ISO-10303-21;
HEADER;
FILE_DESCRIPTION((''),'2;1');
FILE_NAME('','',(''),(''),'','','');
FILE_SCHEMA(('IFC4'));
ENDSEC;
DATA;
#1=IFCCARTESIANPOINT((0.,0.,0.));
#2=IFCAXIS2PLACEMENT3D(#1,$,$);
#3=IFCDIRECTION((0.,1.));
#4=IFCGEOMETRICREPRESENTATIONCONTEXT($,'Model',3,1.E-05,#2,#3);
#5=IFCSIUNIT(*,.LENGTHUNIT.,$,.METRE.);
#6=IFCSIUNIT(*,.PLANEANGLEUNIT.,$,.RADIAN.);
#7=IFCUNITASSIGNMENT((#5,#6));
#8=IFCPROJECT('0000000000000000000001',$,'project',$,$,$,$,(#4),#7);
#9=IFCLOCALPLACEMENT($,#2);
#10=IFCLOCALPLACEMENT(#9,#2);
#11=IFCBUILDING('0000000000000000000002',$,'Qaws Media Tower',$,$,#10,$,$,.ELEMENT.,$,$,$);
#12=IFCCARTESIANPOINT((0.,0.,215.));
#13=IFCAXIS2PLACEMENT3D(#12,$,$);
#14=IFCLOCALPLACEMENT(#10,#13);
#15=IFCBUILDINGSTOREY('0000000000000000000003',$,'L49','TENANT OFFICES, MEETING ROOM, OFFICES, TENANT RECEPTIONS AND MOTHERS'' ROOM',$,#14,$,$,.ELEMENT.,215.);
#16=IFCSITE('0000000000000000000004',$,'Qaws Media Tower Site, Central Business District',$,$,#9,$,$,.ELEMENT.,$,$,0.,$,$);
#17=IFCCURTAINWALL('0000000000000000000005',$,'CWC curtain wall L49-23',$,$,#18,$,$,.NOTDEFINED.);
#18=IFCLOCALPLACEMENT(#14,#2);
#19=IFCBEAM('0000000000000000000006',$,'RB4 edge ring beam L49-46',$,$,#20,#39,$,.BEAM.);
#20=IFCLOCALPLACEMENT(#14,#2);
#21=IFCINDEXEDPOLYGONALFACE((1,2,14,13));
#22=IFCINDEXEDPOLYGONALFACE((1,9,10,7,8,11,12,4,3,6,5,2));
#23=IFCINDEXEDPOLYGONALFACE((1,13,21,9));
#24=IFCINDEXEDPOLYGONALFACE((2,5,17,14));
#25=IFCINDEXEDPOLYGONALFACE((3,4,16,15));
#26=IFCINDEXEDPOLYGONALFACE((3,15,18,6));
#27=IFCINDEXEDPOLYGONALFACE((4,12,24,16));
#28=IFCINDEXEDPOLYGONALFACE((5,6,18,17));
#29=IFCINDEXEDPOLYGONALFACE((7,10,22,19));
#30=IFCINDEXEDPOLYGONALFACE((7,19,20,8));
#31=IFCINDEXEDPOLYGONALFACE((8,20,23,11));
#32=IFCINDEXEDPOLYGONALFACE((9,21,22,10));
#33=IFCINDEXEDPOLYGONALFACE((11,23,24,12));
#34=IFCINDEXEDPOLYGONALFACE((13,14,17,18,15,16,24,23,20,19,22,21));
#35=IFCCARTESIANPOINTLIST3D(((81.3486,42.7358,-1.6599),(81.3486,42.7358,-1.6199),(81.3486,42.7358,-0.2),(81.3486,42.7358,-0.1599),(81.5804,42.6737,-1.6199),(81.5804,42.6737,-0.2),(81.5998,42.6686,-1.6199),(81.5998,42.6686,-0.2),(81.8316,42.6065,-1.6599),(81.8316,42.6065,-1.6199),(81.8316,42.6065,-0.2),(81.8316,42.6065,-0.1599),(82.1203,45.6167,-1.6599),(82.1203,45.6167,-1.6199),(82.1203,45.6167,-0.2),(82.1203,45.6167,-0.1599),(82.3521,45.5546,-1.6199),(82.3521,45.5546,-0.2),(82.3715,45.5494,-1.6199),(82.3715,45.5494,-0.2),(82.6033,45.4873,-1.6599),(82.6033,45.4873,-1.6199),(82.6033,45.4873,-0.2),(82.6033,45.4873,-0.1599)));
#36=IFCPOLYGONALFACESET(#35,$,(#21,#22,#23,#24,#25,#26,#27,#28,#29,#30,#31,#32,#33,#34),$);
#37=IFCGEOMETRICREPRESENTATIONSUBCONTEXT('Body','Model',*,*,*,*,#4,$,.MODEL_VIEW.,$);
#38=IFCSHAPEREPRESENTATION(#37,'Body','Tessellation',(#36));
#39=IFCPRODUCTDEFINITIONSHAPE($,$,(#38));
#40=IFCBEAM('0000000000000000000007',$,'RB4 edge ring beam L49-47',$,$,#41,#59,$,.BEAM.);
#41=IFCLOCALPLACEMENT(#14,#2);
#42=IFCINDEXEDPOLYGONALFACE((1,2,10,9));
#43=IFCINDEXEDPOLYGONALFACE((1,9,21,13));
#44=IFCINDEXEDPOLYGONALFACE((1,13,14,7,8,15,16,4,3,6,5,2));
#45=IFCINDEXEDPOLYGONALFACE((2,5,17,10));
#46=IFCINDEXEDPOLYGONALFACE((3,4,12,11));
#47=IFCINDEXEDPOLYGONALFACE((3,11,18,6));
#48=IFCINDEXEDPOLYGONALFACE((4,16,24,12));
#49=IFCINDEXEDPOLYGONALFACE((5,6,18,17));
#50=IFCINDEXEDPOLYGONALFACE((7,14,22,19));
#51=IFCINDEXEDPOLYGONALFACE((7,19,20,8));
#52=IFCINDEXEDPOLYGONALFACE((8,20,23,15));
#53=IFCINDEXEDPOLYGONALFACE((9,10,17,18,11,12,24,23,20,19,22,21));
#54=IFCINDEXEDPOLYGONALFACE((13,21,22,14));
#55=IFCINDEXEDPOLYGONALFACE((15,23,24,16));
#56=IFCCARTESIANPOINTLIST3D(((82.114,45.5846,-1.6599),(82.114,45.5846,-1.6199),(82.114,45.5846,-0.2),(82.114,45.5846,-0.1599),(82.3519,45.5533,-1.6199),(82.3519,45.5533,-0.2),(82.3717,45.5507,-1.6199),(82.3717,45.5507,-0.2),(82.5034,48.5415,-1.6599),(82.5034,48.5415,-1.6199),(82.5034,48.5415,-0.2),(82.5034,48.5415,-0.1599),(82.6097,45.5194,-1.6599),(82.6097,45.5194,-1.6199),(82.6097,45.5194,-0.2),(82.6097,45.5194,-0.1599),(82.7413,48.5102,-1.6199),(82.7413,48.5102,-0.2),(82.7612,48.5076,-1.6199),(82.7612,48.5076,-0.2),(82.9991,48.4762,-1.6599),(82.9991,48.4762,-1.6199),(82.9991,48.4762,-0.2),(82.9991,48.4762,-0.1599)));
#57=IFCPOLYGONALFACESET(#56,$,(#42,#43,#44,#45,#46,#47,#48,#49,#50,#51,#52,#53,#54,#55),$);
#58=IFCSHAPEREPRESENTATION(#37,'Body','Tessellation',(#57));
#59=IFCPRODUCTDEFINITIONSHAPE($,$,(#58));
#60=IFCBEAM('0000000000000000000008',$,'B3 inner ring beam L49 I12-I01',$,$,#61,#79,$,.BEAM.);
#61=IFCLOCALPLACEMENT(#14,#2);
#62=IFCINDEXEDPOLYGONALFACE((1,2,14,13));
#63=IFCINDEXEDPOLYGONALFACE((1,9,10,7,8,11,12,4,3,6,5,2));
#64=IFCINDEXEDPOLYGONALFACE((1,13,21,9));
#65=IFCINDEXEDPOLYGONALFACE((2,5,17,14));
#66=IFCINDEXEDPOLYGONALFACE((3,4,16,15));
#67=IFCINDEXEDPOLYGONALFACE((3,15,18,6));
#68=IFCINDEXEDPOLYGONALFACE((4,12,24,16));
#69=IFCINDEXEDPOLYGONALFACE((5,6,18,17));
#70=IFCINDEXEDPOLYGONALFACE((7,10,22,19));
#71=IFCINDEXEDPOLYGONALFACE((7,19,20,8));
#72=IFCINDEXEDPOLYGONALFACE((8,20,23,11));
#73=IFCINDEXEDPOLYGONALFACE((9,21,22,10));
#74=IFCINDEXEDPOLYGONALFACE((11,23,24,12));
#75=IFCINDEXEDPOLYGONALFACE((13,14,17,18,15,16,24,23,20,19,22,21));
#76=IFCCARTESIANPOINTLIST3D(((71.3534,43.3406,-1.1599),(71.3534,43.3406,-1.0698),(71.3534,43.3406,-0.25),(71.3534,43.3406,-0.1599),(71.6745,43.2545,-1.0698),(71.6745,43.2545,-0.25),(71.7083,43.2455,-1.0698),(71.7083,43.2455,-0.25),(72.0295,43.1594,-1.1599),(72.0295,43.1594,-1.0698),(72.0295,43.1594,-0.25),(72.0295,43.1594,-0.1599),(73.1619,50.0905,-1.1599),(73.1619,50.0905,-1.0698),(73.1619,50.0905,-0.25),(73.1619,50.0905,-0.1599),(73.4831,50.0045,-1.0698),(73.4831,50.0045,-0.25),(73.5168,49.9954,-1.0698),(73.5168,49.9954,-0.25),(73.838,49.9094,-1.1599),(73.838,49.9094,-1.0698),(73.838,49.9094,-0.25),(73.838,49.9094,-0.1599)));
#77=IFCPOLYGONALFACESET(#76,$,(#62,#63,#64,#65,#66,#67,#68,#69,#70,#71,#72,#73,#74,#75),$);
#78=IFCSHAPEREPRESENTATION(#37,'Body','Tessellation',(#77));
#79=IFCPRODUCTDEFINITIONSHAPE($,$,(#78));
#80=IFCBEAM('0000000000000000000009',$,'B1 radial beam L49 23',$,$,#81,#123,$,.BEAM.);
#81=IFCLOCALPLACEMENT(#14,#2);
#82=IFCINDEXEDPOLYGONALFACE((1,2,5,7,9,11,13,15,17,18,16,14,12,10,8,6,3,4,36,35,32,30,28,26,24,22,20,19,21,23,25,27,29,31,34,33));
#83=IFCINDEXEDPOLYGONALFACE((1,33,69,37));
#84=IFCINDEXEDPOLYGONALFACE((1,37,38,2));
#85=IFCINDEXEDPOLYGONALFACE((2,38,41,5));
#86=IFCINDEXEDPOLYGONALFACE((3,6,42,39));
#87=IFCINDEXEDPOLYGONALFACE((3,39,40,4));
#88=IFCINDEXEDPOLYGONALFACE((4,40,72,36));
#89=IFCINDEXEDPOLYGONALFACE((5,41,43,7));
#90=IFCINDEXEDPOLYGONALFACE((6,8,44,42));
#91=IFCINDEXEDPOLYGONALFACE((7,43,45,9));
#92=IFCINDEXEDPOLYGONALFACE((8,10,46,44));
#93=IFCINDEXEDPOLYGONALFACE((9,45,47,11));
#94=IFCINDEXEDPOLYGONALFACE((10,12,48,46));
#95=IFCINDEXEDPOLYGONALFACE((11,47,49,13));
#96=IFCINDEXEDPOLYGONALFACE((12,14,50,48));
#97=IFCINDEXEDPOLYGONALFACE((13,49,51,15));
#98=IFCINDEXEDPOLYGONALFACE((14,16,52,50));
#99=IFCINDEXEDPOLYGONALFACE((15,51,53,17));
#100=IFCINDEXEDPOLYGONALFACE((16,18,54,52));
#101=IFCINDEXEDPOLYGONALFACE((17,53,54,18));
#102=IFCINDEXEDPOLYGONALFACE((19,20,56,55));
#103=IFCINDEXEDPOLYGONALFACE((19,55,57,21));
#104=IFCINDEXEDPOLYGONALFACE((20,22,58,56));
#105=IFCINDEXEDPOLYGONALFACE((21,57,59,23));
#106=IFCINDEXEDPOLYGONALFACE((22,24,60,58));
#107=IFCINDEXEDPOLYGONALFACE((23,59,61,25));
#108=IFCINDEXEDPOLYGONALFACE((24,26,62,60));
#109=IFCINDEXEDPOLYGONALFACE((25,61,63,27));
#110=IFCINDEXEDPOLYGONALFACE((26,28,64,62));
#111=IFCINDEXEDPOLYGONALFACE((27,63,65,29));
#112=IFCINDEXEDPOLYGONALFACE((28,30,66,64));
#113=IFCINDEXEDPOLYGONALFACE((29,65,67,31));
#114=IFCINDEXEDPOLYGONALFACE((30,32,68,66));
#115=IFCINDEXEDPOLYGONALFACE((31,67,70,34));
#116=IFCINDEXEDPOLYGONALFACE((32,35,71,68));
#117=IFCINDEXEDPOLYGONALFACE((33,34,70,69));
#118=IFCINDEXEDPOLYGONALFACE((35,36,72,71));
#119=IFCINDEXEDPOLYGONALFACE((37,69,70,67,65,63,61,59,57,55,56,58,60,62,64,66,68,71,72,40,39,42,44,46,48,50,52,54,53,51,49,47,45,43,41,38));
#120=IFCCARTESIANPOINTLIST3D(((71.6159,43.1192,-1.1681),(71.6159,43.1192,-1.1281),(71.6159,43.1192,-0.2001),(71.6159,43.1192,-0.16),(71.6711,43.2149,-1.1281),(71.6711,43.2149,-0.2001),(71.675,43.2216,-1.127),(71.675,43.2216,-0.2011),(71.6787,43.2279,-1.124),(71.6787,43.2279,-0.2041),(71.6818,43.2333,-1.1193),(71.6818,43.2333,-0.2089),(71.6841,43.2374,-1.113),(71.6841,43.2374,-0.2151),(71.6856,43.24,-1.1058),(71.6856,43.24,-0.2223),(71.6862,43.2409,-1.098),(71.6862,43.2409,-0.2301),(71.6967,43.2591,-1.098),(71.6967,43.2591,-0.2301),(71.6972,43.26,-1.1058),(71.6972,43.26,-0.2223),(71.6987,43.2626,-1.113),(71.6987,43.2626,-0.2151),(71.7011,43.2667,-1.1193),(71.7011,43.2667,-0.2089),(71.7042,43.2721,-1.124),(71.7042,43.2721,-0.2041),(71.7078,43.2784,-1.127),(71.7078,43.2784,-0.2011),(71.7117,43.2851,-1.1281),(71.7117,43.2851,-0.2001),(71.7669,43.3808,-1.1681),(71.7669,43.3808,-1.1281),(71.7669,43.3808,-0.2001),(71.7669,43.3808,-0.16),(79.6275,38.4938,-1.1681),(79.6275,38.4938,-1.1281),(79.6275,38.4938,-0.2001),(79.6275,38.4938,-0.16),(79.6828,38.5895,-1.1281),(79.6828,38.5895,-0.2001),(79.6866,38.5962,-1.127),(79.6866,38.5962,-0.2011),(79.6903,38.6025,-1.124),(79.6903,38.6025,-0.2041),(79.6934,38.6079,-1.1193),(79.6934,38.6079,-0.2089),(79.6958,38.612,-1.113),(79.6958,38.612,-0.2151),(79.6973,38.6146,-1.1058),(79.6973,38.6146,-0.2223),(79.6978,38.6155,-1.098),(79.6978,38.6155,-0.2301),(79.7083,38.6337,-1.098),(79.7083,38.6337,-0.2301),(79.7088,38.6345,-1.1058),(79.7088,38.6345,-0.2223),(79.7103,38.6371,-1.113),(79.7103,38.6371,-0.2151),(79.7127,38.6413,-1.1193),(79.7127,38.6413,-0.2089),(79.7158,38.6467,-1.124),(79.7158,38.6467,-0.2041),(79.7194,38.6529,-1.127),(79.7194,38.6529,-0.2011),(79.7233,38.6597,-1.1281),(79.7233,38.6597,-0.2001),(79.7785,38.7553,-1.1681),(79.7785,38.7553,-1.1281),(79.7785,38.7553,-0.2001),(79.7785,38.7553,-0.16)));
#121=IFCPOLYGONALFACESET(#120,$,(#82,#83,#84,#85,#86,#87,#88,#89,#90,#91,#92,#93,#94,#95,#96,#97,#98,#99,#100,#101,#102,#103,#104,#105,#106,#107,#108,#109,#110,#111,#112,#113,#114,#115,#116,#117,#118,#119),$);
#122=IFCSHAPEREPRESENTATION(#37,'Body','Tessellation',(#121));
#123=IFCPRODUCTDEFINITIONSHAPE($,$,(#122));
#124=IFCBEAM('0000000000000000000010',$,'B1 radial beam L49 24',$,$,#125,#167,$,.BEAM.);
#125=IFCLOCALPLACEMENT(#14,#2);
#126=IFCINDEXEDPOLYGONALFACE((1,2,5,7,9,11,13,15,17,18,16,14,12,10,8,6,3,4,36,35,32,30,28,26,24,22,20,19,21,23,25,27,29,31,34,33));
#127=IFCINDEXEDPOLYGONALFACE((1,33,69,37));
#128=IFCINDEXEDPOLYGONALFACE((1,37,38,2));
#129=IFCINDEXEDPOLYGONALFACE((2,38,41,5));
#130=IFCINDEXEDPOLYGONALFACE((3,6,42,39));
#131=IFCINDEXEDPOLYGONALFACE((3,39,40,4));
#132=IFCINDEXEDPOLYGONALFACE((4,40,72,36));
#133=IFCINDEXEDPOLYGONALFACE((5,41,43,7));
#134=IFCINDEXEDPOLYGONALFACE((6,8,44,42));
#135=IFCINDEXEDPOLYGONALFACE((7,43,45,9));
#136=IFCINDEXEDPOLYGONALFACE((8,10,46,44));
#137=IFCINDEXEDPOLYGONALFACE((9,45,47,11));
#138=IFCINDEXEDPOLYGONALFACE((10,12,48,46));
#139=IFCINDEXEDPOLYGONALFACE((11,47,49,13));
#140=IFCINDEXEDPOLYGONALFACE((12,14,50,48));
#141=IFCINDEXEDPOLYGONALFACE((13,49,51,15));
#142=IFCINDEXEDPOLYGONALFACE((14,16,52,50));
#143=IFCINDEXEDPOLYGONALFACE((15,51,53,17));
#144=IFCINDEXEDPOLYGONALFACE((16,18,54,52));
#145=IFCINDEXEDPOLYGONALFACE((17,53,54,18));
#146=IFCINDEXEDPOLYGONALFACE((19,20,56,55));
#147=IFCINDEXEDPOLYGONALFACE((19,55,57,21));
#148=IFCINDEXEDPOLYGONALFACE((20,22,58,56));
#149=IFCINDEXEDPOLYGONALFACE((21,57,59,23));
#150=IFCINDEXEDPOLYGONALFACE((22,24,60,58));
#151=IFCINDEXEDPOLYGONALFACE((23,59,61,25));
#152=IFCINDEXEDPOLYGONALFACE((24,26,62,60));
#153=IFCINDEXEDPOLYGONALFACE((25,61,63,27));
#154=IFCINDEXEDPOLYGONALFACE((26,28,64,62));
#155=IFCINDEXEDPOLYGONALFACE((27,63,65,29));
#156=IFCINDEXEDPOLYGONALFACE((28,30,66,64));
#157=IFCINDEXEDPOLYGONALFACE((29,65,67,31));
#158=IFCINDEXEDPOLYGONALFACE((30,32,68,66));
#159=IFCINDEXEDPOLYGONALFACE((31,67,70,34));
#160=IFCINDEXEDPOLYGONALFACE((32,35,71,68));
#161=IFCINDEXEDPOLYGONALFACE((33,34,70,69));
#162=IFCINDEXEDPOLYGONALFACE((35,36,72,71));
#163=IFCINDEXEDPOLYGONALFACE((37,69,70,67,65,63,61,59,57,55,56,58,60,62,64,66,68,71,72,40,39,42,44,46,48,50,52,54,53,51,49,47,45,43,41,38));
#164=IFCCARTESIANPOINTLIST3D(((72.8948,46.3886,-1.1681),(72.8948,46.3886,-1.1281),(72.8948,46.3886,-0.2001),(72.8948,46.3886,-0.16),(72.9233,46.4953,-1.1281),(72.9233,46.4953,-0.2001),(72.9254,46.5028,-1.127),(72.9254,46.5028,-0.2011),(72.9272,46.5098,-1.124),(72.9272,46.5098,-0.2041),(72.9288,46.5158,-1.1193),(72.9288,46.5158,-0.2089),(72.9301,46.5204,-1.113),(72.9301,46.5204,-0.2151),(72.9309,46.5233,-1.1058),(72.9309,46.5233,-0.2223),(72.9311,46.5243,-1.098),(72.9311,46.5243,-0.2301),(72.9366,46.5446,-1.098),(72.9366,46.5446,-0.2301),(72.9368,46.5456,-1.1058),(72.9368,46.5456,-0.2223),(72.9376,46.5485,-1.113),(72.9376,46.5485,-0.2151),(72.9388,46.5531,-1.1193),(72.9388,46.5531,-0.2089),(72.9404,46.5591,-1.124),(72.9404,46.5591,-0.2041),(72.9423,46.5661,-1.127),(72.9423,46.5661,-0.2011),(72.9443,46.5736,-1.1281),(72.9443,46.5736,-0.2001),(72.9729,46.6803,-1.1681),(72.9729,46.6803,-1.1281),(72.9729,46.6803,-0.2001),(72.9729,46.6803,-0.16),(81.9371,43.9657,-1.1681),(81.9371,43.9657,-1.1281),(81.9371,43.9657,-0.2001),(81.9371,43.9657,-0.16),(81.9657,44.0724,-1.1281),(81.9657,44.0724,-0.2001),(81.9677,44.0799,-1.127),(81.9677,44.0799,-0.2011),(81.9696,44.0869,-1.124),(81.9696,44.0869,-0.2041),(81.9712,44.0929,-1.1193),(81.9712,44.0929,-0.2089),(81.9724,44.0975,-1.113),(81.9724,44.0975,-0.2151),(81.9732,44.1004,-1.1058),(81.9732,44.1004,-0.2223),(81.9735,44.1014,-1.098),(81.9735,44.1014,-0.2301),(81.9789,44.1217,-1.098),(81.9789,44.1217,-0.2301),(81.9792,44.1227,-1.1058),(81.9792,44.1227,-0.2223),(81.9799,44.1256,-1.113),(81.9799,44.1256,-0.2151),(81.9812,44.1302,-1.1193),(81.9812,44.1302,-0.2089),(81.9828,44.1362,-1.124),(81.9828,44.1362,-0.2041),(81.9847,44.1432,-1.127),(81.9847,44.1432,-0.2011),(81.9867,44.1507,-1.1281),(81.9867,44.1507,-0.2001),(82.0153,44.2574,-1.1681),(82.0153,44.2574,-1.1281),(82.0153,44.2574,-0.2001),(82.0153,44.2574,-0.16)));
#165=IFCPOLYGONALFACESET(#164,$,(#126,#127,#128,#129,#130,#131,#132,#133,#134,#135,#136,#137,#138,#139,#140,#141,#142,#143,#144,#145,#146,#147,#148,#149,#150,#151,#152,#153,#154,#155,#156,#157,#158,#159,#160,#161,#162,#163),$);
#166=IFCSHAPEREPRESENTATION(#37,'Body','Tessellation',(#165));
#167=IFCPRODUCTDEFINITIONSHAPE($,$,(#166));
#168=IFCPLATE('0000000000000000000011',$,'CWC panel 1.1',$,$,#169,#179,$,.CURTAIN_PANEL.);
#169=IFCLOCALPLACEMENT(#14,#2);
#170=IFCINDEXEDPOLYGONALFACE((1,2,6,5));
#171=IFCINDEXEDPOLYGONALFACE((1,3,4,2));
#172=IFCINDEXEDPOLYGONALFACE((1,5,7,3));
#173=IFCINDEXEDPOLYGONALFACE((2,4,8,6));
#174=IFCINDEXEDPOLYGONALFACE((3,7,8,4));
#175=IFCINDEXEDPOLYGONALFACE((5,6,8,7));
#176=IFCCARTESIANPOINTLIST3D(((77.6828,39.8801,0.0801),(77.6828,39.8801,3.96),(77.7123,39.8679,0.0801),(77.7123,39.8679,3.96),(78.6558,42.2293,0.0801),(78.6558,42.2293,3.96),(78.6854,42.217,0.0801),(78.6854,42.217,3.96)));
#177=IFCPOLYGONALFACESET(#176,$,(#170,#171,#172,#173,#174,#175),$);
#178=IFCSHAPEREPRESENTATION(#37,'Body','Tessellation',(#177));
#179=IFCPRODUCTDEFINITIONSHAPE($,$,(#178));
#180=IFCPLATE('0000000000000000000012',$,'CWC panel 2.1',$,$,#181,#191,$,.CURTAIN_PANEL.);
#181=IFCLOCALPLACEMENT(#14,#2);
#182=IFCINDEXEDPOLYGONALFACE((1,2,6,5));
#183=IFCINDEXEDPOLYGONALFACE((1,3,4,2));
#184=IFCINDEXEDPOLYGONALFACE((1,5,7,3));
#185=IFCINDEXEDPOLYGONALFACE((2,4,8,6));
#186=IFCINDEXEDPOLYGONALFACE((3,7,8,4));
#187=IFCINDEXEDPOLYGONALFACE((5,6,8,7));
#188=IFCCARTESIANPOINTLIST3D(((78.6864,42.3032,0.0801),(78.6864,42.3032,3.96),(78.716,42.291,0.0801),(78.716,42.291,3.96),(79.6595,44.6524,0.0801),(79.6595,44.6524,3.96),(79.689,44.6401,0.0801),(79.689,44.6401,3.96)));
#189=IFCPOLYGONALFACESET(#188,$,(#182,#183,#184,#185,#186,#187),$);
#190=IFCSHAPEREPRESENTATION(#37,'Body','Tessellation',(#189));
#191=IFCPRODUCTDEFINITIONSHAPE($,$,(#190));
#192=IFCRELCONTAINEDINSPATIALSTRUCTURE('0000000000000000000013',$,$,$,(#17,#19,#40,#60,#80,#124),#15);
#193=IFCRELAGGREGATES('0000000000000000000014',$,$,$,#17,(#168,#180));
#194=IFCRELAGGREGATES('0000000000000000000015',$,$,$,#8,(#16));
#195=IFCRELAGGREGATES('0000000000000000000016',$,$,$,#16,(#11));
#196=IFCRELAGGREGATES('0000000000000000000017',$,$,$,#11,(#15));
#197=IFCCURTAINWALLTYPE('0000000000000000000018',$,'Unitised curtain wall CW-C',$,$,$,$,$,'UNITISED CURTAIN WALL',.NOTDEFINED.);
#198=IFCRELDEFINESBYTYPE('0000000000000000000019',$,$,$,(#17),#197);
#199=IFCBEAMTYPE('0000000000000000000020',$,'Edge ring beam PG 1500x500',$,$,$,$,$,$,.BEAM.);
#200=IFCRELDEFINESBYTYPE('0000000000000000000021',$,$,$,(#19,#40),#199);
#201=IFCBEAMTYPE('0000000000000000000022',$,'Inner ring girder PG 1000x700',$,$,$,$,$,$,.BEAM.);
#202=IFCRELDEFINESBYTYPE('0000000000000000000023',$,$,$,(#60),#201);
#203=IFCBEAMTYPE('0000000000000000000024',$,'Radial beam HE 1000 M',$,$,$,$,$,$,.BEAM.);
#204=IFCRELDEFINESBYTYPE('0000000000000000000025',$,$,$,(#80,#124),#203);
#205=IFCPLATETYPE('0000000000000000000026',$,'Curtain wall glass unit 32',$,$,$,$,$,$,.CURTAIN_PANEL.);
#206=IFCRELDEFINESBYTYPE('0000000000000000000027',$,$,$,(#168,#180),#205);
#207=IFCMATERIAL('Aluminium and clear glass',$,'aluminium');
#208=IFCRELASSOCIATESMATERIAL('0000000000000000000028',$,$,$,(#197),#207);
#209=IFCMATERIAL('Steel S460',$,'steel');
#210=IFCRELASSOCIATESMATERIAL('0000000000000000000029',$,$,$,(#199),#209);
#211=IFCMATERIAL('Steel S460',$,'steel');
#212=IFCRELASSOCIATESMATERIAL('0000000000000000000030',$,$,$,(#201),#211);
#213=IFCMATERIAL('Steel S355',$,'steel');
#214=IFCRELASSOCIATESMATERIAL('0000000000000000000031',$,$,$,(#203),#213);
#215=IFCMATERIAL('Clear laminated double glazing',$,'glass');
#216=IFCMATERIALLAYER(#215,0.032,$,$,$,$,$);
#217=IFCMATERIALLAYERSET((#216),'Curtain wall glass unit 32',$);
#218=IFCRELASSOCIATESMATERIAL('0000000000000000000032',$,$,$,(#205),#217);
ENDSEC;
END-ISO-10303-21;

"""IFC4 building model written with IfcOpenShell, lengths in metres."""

from ifc_helpers import new_model, si_unit, direction, frame, origin, origin_2d, place, context, subcontext, project, spatial, rectangle, i_section, extrude, material, layer, layer_set, material_profile, profile_set, type_object, element, aggregate, save


model = new_model("IFC4")

# Units and contexts
model_context = context("Model", 3, precision=1e-05, world=origin(), true_north=direction((0.0, 1.0)))
body_context = subcontext(model_context, "Body", "Model", "MODEL_VIEW")
ifc_project = project(units=[si_unit("LENGTHUNIT", "METRE"), si_unit("PLANEANGLEUNIT", "RADIAN")], contexts=[model_context])

# Site, building, storey
site_placement = place(None, origin())
site = spatial("IfcSite", under=ifc_project, at=site_placement, Name="Qaws Media Tower Site, Central Business District", CompositionType="ELEMENT", RefElevation=0.0)
building_placement = place(site_placement, origin())
building = spatial("IfcBuilding", under=site, at=building_placement, Name="Qaws Media Tower", CompositionType="ELEMENT")
storey_placement = place(building_placement, frame((0.0, 0.0, 215.0)))
storey = spatial("IfcBuildingStorey", under=building, at=storey_placement, Name="L49", Description="TENANT OFFICES, MEETING ROOM, OFFICES, TENANT RECEPTIONS AND MOTHERS' ROOM", CompositionType="ELEMENT", Elevation=215.0)

# Curtain wall
ifc_material_1 = material(Name="Aluminium and clear glass", Category="aluminium")
curtain_wall_type = type_object("IfcCurtainWallType", Name="Unitised curtain wall CW-C", ElementType="UNITISED CURTAIN WALL", PredefinedType="NOTDEFINED", material=ifc_material_1)
curtain_wall_1_placement = place(storey_placement, origin())
curtain_wall_1 = element("IfcCurtainWall", 1, at=curtain_wall_1_placement, inside=storey, type_object=curtain_wall_type, Name="CWC curtain wall L49-23", PredefinedType="NOTDEFINED")

# Beams
ifc_material_2 = material(Name="Steel S460", Category="steel")
ifc_material_profile_1 = material_profile(ifc_material_2, i_section(OverallWidth=0.5, OverallDepth=1.5, WebThickness=0.02, FlangeThickness=0.04, at=origin_2d()), Name="PG 1500x500")
ifc_profile_set_1 = profile_set([ifc_material_profile_1], Name="Steel S460")
beam_type_1 = type_object("IfcBeamType", Name="Edge ring beam PG 1500x500", PredefinedType="BEAM", material=ifc_profile_set_1)
for number, where, z_axis, x_axis, name in (
    (2, (81.5901, 42.6711, -0.9099), (0.258758, 0.965942, 0.0), (-0.965942, 0.258758, 0.0), "RB4 edge ring beam L49-46"),
    (3, (82.3618, 45.552, -0.9099), (0.130571, 0.991439, 0.0), (-0.991439, 0.130571, 0.0), "RB4 edge ring beam L49-47"),
):
    element("IfcBeam", number, at=place(storey_placement, frame(where, z_axis=z_axis, x_axis=x_axis)), inside=storey, type_object=beam_type_1, Name=name, PredefinedType="BEAM", context=body_context, shape_type="SweptSolid", body=[
        extrude(i_section(OverallWidth=0.5, OverallDepth=1.5, WebThickness=0.02, FlangeThickness=0.04, at=origin_2d()), origin(), (0.0, 0.0, 1.0), 2.9824),
    ])
ifc_material_3 = material(Name="Steel S460", Category="steel")
ifc_material_profile_2 = material_profile(ifc_material_3, i_section(OverallWidth=0.7, OverallDepth=1.0, WebThickness=0.0349, FlangeThickness=0.0901, at=origin_2d()), Name="PG 1000x700")
ifc_profile_set_2 = profile_set([ifc_material_profile_2], Name="Steel S460")
beam_type_2 = type_object("IfcBeamType", Name="Inner ring girder PG 1000x700", PredefinedType="BEAM", material=ifc_profile_set_2)
beam_1_placement = place(storey_placement, frame((71.6914, 43.25, -0.6599), z_axis=(0.258811, 0.965928, 0.0), x_axis=(-0.965928, 0.258811, 0.0)))
element("IfcBeam", 4, at=beam_1_placement, inside=storey, type_object=beam_type_2, Name="B3 inner ring beam L49 I12-I01", PredefinedType="BEAM", context=body_context, shape_type="SweptSolid", body=[
    extrude(i_section(OverallWidth=0.7, OverallDepth=1.0, WebThickness=0.0349, FlangeThickness=0.0901, at=origin_2d()), origin(), (0.0, 0.0, 1.0), 6.988),
])
ifc_material_4 = material(Name="Steel S355", Category="steel")
ifc_material_profile_3 = material_profile(ifc_material_4, i_section(OverallWidth=0.302, OverallDepth=1.0081, WebThickness=0.021, FlangeThickness=0.04, FilletRadius=0.03, at=origin_2d()), Name="HE 1000 M")
ifc_profile_set_3 = profile_set([ifc_material_profile_3], Name="Steel S355")
beam_type_3 = type_object("IfcBeamType", Name="Radial beam HE 1000 M", PredefinedType="BEAM", material=ifc_profile_set_3)
beam_2_placement = place(storey_placement, frame((71.6914, 43.25, -0.6641), z_axis=(0.866029, -0.499994, 0.0), x_axis=(0.499994, 0.866029, 0.0)))
element("IfcBeam", 5, at=beam_2_placement, inside=storey, type_object=beam_type_3, Name="B1 radial beam L49 23", PredefinedType="BEAM", context=body_context, shape_type="SweptSolid", body=[
    extrude(i_section(OverallWidth=0.302, OverallDepth=1.0081, WebThickness=0.021, FlangeThickness=0.04, FilletRadius=0.03, at=origin_2d()), origin(), (0.0, 0.0, 1.0), 9.251),
])
beam_3_placement = place(storey_placement, frame((72.9338, 46.5344, -0.6641), z_axis=(0.965926, -0.258818, 0.0), x_axis=(0.258818, 0.965926, 0.0)))
element("IfcBeam", 6, at=beam_3_placement, inside=storey, type_object=beam_type_3, Name="B1 radial beam L49 24", PredefinedType="BEAM", context=body_context, shape_type="SweptSolid", body=[
    extrude(i_section(OverallWidth=0.302, OverallDepth=1.0081, WebThickness=0.021, FlangeThickness=0.04, FilletRadius=0.03, at=origin_2d()), origin(), (0.0, 0.0, 1.0), 9.3613),
])

# Plates
ifc_material_5 = material(Name="Clear laminated double glazing", Category="glass")
ifc_layer_1 = layer(ifc_material_5, 0.032)
ifc_layer_set_1 = layer_set([ifc_layer_1], Name="Curtain wall glass unit 32")
plate_type_1 = type_object("IfcPlateType", Name="Curtain wall glass unit 32", PredefinedType="CURTAIN_PANEL", material=ifc_layer_set_1)
plate_1_placement = place(storey_placement, frame((78.1841, 41.0486, 0.0801), z_axis=(0.0, 0.0, 1.0), x_axis=(0.382684, 0.923879, 0.0)))
plate_1 = element("IfcPlate", 7, at=plate_1_placement, type_object=plate_type_1, Name="CWC panel 1.1", PredefinedType="CURTAIN_PANEL", context=body_context, shape_type="SweptSolid", body=[
    extrude(rectangle(XDim=2.5427, YDim=0.032, at=origin_2d()), origin(), (0.0, 0.0, 1.0), 3.8799),
])
plate_2_placement = place(storey_placement, frame((79.1877, 43.4717, 0.0801), z_axis=(0.0, 0.0, 1.0), x_axis=(0.382684, 0.923879, 0.0)))
plate_2 = element("IfcPlate", 8, at=plate_2_placement, type_object=plate_type_1, Name="CWC panel 2.1", PredefinedType="CURTAIN_PANEL", context=body_context, shape_type="SweptSolid", body=[
    extrude(rectangle(XDim=2.5427, YDim=0.032, at=origin_2d()), origin(), (0.0, 0.0, 1.0), 3.8799),
])
aggregate(curtain_wall_1, [plate_1, plate_2])

save(model, "model.ifc")
